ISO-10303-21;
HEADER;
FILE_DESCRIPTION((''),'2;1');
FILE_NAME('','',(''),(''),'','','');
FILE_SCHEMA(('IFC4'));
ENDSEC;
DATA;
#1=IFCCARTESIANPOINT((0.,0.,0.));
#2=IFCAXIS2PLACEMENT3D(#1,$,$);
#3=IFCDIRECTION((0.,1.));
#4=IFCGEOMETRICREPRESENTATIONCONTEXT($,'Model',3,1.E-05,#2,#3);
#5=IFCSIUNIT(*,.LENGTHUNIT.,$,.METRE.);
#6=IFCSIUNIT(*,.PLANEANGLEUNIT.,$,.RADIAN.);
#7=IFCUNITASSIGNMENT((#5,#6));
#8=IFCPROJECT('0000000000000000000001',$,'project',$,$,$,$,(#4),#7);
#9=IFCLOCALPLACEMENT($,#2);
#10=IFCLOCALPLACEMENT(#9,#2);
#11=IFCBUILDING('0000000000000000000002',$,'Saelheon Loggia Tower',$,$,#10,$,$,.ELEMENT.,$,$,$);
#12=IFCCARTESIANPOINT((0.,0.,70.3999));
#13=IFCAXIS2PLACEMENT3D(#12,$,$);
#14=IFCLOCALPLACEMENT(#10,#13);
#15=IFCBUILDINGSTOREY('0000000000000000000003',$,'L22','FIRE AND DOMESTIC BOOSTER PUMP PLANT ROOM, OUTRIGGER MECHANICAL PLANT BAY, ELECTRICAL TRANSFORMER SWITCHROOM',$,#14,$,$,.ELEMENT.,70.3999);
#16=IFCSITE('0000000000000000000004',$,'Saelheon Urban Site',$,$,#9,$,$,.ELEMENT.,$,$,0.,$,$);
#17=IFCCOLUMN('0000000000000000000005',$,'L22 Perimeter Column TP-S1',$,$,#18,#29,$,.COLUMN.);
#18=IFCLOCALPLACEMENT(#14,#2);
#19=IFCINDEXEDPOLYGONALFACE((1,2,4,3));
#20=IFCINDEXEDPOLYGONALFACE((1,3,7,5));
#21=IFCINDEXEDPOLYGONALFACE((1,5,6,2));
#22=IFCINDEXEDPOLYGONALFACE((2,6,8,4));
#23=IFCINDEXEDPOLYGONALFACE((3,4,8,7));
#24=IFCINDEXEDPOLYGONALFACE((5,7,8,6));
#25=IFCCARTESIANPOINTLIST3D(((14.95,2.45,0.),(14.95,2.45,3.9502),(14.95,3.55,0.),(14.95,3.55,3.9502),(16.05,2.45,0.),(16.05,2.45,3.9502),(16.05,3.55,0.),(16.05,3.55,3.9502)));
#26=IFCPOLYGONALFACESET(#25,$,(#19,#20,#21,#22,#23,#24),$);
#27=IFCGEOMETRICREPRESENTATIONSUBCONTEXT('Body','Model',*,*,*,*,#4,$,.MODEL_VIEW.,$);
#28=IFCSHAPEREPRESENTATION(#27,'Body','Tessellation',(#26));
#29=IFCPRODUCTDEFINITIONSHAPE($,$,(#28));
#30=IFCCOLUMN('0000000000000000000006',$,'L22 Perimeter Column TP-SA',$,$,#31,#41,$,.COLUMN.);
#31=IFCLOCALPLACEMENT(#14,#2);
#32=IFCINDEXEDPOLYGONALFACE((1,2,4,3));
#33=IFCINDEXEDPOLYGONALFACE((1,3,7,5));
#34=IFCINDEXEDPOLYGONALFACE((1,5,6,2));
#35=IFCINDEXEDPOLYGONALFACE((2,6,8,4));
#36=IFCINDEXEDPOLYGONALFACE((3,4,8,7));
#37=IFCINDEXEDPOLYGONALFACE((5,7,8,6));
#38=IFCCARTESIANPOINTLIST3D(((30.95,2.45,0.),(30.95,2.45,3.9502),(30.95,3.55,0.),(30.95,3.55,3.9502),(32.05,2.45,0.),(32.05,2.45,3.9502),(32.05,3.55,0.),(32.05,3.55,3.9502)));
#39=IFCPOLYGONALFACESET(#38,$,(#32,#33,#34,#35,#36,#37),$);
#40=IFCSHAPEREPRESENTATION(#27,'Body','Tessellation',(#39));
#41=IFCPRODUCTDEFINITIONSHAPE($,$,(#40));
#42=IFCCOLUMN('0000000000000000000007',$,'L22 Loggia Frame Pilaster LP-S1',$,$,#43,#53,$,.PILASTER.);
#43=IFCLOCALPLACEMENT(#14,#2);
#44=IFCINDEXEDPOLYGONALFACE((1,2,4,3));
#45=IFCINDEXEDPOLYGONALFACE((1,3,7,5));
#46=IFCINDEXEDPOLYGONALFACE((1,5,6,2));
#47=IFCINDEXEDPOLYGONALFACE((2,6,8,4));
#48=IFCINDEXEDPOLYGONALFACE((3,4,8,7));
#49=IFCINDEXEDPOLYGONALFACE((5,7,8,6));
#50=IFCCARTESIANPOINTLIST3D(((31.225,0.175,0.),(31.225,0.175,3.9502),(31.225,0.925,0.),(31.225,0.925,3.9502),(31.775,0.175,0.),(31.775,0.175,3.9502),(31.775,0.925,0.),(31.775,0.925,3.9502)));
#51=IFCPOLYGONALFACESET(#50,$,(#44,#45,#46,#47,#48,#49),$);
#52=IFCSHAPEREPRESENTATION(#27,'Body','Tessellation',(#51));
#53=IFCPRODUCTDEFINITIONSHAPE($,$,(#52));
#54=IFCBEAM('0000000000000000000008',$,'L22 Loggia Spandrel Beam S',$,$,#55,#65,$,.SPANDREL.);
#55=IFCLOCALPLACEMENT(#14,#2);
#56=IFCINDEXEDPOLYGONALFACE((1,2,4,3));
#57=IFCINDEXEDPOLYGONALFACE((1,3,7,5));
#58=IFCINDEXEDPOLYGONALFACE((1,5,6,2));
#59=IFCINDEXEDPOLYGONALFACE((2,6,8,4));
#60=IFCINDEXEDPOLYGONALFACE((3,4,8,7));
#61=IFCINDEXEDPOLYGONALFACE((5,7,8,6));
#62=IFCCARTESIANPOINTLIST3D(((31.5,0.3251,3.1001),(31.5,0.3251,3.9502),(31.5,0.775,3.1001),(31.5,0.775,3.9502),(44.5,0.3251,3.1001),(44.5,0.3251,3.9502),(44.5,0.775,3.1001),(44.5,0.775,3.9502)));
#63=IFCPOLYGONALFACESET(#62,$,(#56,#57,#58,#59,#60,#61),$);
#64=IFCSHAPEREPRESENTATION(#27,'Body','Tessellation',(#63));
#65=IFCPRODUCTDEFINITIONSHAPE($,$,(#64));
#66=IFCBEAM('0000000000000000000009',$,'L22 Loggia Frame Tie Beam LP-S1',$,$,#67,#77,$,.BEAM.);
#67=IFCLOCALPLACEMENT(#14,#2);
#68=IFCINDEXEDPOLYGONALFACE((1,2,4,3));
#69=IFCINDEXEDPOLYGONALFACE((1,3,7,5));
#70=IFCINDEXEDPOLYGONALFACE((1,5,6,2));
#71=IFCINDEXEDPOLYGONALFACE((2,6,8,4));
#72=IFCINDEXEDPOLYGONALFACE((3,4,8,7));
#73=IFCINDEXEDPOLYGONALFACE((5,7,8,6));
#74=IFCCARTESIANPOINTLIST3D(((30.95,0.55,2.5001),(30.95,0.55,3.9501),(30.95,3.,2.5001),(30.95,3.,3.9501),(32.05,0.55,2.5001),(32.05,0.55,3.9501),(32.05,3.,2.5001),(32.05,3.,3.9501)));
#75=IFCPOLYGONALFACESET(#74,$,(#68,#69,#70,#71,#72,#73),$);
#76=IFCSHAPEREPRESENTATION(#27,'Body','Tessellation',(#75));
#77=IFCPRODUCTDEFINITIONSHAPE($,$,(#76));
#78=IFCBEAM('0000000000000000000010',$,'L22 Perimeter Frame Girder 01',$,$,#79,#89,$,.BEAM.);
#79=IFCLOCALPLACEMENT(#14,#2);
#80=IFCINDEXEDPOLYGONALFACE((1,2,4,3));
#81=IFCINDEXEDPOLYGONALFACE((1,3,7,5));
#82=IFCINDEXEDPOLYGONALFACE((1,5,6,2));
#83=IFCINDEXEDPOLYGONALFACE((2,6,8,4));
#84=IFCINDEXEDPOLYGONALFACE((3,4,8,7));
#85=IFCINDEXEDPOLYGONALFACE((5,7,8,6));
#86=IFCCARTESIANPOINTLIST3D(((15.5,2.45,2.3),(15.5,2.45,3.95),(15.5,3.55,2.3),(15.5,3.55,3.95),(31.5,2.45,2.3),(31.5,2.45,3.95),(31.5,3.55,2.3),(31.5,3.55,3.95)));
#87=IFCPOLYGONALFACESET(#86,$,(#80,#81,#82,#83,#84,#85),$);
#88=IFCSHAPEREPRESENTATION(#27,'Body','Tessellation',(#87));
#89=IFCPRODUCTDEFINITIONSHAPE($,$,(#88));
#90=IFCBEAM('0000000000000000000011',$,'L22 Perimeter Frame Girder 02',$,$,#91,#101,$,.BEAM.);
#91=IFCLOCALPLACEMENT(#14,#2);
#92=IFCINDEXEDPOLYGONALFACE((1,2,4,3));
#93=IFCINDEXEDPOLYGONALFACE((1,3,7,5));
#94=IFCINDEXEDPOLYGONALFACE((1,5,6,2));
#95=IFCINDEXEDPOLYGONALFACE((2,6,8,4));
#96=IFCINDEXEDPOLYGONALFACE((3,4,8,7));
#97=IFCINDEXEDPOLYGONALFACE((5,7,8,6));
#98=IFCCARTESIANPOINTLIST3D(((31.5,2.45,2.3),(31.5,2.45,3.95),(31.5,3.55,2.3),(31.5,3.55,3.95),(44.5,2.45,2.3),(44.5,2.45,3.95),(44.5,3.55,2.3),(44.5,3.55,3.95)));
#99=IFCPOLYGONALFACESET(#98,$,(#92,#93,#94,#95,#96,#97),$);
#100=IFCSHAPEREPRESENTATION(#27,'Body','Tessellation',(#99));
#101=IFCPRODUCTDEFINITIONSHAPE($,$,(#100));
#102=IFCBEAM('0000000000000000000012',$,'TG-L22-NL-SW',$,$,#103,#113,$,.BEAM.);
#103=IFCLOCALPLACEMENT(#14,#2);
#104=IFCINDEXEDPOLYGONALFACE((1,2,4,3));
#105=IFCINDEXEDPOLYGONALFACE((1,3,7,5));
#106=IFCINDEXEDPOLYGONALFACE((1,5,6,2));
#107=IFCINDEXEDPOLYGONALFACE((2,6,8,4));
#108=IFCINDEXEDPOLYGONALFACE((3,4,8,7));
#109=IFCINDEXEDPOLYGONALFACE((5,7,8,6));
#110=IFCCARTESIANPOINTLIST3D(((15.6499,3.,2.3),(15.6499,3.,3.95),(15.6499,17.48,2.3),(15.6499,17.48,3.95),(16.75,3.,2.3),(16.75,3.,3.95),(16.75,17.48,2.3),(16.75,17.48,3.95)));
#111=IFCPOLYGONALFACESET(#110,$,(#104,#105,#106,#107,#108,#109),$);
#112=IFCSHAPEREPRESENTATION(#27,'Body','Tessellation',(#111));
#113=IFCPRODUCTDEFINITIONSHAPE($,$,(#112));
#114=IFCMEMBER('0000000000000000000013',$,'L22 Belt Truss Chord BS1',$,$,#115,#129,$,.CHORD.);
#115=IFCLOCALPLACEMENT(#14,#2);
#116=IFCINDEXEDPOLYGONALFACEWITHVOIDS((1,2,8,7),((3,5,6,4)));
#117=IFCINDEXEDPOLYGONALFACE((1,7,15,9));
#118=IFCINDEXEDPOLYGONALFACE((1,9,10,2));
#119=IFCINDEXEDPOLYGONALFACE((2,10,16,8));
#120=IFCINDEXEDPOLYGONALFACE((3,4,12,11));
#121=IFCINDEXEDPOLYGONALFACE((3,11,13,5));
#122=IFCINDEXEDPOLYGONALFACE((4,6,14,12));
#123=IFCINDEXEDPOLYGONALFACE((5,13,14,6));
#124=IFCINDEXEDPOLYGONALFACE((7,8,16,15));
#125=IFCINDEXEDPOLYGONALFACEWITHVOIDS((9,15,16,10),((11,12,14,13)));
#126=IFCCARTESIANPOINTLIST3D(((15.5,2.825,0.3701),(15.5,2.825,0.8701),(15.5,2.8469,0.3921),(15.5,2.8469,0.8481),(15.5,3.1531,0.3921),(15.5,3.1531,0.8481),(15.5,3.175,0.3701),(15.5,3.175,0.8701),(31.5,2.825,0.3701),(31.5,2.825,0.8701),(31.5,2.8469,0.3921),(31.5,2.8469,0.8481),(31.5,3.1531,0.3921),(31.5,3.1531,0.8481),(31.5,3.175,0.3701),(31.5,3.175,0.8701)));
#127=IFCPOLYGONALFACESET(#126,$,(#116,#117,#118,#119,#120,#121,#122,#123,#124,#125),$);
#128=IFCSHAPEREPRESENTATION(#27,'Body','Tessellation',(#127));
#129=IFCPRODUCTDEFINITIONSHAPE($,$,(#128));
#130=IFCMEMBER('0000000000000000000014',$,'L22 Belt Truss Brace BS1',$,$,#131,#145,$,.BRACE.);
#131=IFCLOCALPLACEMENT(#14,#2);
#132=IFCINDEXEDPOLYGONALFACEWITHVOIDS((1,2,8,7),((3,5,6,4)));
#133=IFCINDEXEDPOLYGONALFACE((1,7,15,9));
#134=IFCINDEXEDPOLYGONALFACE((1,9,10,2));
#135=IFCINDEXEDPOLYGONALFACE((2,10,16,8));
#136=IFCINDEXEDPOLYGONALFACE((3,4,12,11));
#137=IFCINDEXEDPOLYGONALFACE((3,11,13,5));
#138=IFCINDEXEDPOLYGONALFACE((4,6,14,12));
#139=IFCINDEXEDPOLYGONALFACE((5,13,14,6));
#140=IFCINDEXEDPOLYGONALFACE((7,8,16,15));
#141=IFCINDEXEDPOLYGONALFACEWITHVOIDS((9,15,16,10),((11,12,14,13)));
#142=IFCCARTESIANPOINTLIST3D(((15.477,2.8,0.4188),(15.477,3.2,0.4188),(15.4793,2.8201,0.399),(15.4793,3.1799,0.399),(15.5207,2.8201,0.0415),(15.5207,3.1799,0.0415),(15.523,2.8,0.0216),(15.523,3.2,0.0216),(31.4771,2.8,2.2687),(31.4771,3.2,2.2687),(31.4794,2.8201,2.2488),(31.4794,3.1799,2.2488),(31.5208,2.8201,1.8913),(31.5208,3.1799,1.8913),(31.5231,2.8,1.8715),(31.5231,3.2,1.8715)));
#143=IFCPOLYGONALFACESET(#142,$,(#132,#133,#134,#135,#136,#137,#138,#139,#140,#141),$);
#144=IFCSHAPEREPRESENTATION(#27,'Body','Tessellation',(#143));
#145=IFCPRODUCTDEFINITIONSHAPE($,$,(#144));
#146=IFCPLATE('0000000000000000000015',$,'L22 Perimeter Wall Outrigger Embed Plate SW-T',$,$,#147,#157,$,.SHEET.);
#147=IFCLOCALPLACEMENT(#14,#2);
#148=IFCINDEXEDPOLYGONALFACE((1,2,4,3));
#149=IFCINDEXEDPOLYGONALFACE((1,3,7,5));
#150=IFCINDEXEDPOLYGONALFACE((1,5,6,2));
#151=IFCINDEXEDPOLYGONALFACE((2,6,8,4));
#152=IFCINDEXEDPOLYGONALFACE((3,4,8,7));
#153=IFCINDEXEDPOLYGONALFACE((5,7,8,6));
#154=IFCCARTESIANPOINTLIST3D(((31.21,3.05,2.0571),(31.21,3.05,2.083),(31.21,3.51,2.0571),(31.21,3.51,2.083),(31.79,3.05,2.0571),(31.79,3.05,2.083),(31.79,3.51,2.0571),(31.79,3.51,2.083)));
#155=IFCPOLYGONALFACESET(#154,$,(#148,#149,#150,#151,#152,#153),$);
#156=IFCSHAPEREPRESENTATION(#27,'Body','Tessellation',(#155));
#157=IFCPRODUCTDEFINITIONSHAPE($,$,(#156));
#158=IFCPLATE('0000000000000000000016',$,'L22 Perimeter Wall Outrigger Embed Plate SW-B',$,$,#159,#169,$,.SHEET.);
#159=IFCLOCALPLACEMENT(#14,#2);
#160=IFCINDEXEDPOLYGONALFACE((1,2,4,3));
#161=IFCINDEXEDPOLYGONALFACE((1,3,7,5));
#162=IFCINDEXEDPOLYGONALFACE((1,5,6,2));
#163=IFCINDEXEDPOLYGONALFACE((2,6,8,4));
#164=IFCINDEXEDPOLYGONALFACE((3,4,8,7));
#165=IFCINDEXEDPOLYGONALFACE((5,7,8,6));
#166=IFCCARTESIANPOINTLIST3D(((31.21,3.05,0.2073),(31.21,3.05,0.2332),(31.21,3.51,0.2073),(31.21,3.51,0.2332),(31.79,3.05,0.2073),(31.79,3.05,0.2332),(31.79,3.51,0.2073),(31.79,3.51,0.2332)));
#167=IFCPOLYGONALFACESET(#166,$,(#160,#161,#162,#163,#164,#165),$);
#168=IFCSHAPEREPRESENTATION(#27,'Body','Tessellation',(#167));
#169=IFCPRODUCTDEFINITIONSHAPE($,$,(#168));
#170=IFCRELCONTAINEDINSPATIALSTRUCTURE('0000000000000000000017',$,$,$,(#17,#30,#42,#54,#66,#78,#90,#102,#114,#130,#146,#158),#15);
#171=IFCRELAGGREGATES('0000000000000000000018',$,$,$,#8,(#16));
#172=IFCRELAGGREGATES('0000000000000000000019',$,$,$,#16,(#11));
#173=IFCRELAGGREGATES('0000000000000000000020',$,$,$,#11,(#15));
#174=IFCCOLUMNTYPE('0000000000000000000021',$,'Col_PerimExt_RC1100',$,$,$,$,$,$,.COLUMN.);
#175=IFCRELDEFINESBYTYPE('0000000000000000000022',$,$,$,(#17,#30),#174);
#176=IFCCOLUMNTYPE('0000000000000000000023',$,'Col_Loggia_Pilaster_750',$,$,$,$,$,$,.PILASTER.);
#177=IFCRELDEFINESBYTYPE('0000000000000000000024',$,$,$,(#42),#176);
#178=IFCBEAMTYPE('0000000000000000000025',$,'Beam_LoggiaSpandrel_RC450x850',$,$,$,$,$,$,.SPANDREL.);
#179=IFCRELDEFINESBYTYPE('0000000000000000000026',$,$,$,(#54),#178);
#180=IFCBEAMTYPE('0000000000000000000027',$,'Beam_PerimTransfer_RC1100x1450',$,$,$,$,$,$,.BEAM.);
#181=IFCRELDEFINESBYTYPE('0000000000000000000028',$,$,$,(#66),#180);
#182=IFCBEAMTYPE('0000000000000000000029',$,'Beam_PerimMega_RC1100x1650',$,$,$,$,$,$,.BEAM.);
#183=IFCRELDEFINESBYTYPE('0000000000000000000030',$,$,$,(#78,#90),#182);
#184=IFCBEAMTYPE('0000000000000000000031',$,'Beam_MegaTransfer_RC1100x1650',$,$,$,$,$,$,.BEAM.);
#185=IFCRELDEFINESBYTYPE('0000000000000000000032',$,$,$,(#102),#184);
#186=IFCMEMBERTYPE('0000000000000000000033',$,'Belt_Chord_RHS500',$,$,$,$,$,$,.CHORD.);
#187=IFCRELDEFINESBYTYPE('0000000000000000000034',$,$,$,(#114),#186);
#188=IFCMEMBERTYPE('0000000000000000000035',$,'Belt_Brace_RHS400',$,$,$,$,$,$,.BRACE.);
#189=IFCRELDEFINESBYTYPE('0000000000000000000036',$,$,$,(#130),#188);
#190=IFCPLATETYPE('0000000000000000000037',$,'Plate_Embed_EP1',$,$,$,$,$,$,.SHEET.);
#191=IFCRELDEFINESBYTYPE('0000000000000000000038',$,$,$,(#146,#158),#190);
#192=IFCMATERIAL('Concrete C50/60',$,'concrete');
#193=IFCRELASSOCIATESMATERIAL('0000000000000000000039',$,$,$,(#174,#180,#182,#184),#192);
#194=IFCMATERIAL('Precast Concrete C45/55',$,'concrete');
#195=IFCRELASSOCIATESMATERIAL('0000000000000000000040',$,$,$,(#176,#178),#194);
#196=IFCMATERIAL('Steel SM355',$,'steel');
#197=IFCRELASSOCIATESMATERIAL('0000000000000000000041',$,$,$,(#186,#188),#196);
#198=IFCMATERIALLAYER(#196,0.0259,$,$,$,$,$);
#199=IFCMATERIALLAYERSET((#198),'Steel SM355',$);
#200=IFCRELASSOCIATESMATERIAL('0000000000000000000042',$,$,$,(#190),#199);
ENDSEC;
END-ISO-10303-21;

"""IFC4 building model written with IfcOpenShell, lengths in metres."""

from ifc_helpers import new_model, si_unit, direction, frame, origin, origin_2d, place, context, subcontext, project, spatial, rectangle, hollow_rectangle, extrude, source, transform, mapped, material, layer, layer_set, material_profile, profile_set, type_object, element, save


model = new_model("IFC4")

# Units and contexts
model_context = context("Model", 3, precision=1e-05, world=origin(), true_north=direction((0.0, 1.0)))
body_context = subcontext(model_context, "Body", "Model", "MODEL_VIEW")
ifc_project = project(units=[si_unit("LENGTHUNIT", "METRE"), si_unit("PLANEANGLEUNIT", "RADIAN")], contexts=[model_context])

# Site, building, storey
site_placement = place(None, origin())
site = spatial("IfcSite", under=ifc_project, at=site_placement, Name="Saelheon Urban Site", CompositionType="ELEMENT", RefElevation=0.0)
building_placement = place(site_placement, origin())
building = spatial("IfcBuilding", under=site, at=building_placement, Name="Saelheon Loggia Tower", CompositionType="ELEMENT")
storey_placement = place(building_placement, frame((0.0, 0.0, 70.3999)))
storey = spatial("IfcBuildingStorey", under=building, at=storey_placement, Name="L22", Description="FIRE AND DOMESTIC BOOSTER PUMP PLANT ROOM, OUTRIGGER MECHANICAL PLANT BAY, ELECTRICAL TRANSFORMER SWITCHROOM", CompositionType="ELEMENT", Elevation=70.3999)

# Columns
ifc_material_1 = material(Name="Concrete C50/60", Category="concrete")
ifc_material_profile_1 = material_profile(ifc_material_1, rectangle(XDim=1.1001, YDim=1.1001, at=origin_2d()), Name="RC-1100x1100")
ifc_profile_set_1 = profile_set([ifc_material_profile_1], Name="Concrete C50/60")
column_type_1 = type_object("IfcColumnType", Name="Col_PerimExt_RC1100", PredefinedType="COLUMN", material=ifc_profile_set_1)
shared_shape_1 = source(origin(), body_context, "Body", "SweptSolid", [
    extrude(rectangle(XDim=1.1001, YDim=1.1001, at=origin_2d()), origin(), (0.0, 0.0, 1.0), 3.9502),
])
for number, where, z_axis, x_axis, name in (
    (1, (15.5, 3.0, 0.0), (0.0, 0.0, 1.0), (1.0, 0.0, 0.0), "L22 Perimeter Column TP-S1"),
    (2, (31.5, 3.0, 0.0), (0.0, 0.0, 1.0), (1.0, 0.0, 0.0), "L22 Perimeter Column TP-SA"),
):
    element("IfcColumn", number, at=place(storey_placement, frame(where, z_axis=z_axis, x_axis=x_axis)), inside=storey, type_object=column_type_1, Name=name, PredefinedType="COLUMN", context=body_context, shape_type="MappedRepresentation", body=[
        mapped(shared_shape_1, transform((0.0, 0.0, 0.0), scale=1.0)),
    ])
ifc_material_2 = material(Name="Precast Concrete C45/55", Category="concrete")
ifc_material_profile_2 = material_profile(ifc_material_2, rectangle(XDim=0.55, YDim=0.75, at=origin_2d()), Name="RC-550x750")
ifc_profile_set_2 = profile_set([ifc_material_profile_2], Name="Precast Concrete C45/55")
column_type_2 = type_object("IfcColumnType", Name="Col_Loggia_Pilaster_750", PredefinedType="PILASTER", material=ifc_profile_set_2)
shared_shape_2 = source(origin(), body_context, "Body", "SweptSolid", [
    extrude(rectangle(XDim=0.55, YDim=0.75, at=origin_2d()), origin(), (0.0, 0.0, 1.0), 3.9502),
])
column_placement = place(storey_placement, frame((31.5, 0.55, 0.0), z_axis=(0.0, 0.0, 1.0), x_axis=(1.0, 0.0, 0.0)))
element("IfcColumn", 3, at=column_placement, inside=storey, type_object=column_type_2, Name="L22 Loggia Frame Pilaster LP-S1", PredefinedType="PILASTER", context=body_context, shape_type="MappedRepresentation", body=[
    mapped(shared_shape_2, transform((0.0, 0.0, 0.0), scale=1.0)),
])

# Beams
ifc_material_profile_3 = material_profile(ifc_material_2, rectangle(XDim=0.45, YDim=0.8501, at=origin_2d()), Name="RC-450x850")
ifc_profile_set_3 = profile_set([ifc_material_profile_3], Name="Precast Concrete C45/55")
beam_type_1 = type_object("IfcBeamType", Name="Beam_LoggiaSpandrel_RC450x850", PredefinedType="SPANDREL", material=ifc_profile_set_3)
shared_shape_3 = source(origin(), body_context, "Body", "SweptSolid", [
    extrude(rectangle(XDim=0.45, YDim=0.8501, at=origin_2d()), origin(), (0.0, 0.0, 1.0), 13.0),
])
beam_1_placement = place(storey_placement, frame((31.5, 0.55, 3.5251), z_axis=(1.0, 0.0, 0.0), x_axis=(0.0, 1.0, 0.0)))
element("IfcBeam", 4, at=beam_1_placement, inside=storey, type_object=beam_type_1, Name="L22 Loggia Spandrel Beam S", PredefinedType="SPANDREL", context=body_context, shape_type="MappedRepresentation", body=[
    mapped(shared_shape_3, transform((0.0, 0.0, 0.0), scale=1.0)),
])
ifc_material_profile_4 = material_profile(ifc_material_1, rectangle(XDim=1.1001, YDim=1.45, at=origin_2d()), Name="RC-1100x1450")
ifc_profile_set_4 = profile_set([ifc_material_profile_4], Name="Concrete C50/60")
beam_type_2 = type_object("IfcBeamType", Name="Beam_PerimTransfer_RC1100x1450", PredefinedType="BEAM", material=ifc_profile_set_4)
shared_shape_4 = source(origin(), body_context, "Body", "SweptSolid", [
    extrude(rectangle(XDim=1.1001, YDim=1.45, at=origin_2d()), origin(), (0.0, 0.0, 1.0), 2.45),
])
beam_2_placement = place(storey_placement, frame((31.5, 3.0, 3.2251), z_axis=(0.0, -1.0, 0.0), x_axis=(1.0, 0.0, 0.0)))
element("IfcBeam", 5, at=beam_2_placement, inside=storey, type_object=beam_type_2, Name="L22 Loggia Frame Tie Beam LP-S1", PredefinedType="BEAM", context=body_context, shape_type="MappedRepresentation", body=[
    mapped(shared_shape_4, transform((0.0, 0.0, 0.0), scale=1.0)),
])
ifc_material_profile_5 = material_profile(ifc_material_1, rectangle(XDim=1.1001, YDim=1.6499, at=origin_2d()), Name="RC-1100x1650")
ifc_profile_set_5 = profile_set([ifc_material_profile_5], Name="Concrete C50/60")
beam_type_3 = type_object("IfcBeamType", Name="Beam_PerimMega_RC1100x1650", PredefinedType="BEAM", material=ifc_profile_set_5)
shared_shape_5 = source(origin(), body_context, "Body", "SweptSolid", [
    extrude(rectangle(XDim=1.1001, YDim=1.6499, at=origin_2d()), origin(), (0.0, 0.0, 1.0), 16.0),
])
beam_3_placement = place(storey_placement, frame((15.5, 3.0, 3.125), z_axis=(1.0, 0.0, 0.0), x_axis=(0.0, 1.0, 0.0)))
element("IfcBeam", 6, at=beam_3_placement, inside=storey, type_object=beam_type_3, Name="L22 Perimeter Frame Girder 01", PredefinedType="BEAM", context=body_context, shape_type="MappedRepresentation", body=[
    mapped(shared_shape_5, transform((0.0, 0.0, 0.0), scale=1.0)),
])
shared_shape_6 = source(origin(), body_context, "Body", "SweptSolid", [
    extrude(rectangle(XDim=1.1001, YDim=1.6499, at=origin_2d()), origin(), (0.0, 0.0, 1.0), 13.0),
])
beam_4_placement = place(storey_placement, frame((31.5, 3.0, 3.125), z_axis=(1.0, 0.0, 0.0), x_axis=(0.0, 1.0, 0.0)))
element("IfcBeam", 7, at=beam_4_placement, inside=storey, type_object=beam_type_3, Name="L22 Perimeter Frame Girder 02", PredefinedType="BEAM", context=body_context, shape_type="MappedRepresentation", body=[
    mapped(shared_shape_6, transform((0.0, 0.0, 0.0), scale=1.0)),
])
ifc_material_profile_6 = material_profile(ifc_material_1, rectangle(XDim=1.1001, YDim=1.6499, at=origin_2d()), Name="RC-1100x1650")
ifc_profile_set_6 = profile_set([ifc_material_profile_6], Name="Concrete C50/60")
beam_type_4 = type_object("IfcBeamType", Name="Beam_MegaTransfer_RC1100x1650", PredefinedType="BEAM", material=ifc_profile_set_6)
shared_shape_7 = source(origin(), body_context, "Body", "SweptSolid", [
    extrude(rectangle(XDim=1.1001, YDim=1.6499, at=origin_2d()), origin(), (0.0, 0.0, 1.0), 14.48),
])
beam_5_placement = place(storey_placement, frame((16.2, 3.0, 3.125), z_axis=(0.0, 1.0, 0.0), x_axis=(-1.0, 0.0, 0.0)))
element("IfcBeam", 8, at=beam_5_placement, inside=storey, type_object=beam_type_4, Name="TG-L22-NL-SW", PredefinedType="BEAM", context=body_context, shape_type="MappedRepresentation", body=[
    mapped(shared_shape_7, transform((0.0, 0.0, 0.0), scale=1.0)),
])

# Members
ifc_material_3 = material(Name="Steel SM355", Category="steel")
ifc_material_profile_7 = material_profile(ifc_material_3, hollow_rectangle(XDim=0.3501, YDim=0.5, WallThickness=0.022, at=origin_2d()), Name="RHS-500x350x22")
ifc_profile_set_7 = profile_set([ifc_material_profile_7], Name="Steel SM355")
member_type_1 = type_object("IfcMemberType", Name="Belt_Chord_RHS500", PredefinedType="CHORD", material=ifc_profile_set_7)
shared_shape_8 = source(origin(), body_context, "Body", "SweptSolid", [
    extrude(hollow_rectangle(XDim=0.3501, YDim=0.5, WallThickness=0.022, at=origin_2d()), origin(), (0.0, 0.0, 1.0), 16.0),
])
member_1_placement = place(storey_placement, frame((15.5, 3.0, 0.6201), z_axis=(1.0, 0.0, 0.0), x_axis=(0.0, 1.0, 0.0)))
element("IfcMember", 9, at=member_1_placement, inside=storey, type_object=member_type_1, Name="L22 Belt Truss Chord BS1", PredefinedType="CHORD", context=body_context, shape_type="MappedRepresentation", body=[
    mapped(shared_shape_8, transform((0.0, 0.0, 0.0), scale=1.0)),
])
ifc_material_profile_8 = material_profile(ifc_material_3, hollow_rectangle(XDim=0.3999, YDim=0.3999, WallThickness=0.02, at=origin_2d()), Name="RHS-400x400x20")
ifc_profile_set_8 = profile_set([ifc_material_profile_8], Name="Steel SM355")
member_type_2 = type_object("IfcMemberType", Name="Belt_Brace_RHS400", PredefinedType="BRACE", material=ifc_profile_set_8)
shared_shape_9 = source(origin(), body_context, "Body", "SweptSolid", [
    extrude(hollow_rectangle(XDim=0.3999, YDim=0.3999, WallThickness=0.02, at=origin_2d()), origin(), (0.0, 0.0, 1.0), 16.1067),
])
member_2_placement = place(storey_placement, frame((15.5, 3.0, 0.2202), z_axis=(0.993383, 0.0, 0.114851), x_axis=(0.0, 1.0, 0.0)))
element("IfcMember", 10, at=member_2_placement, inside=storey, type_object=member_type_2, Name="L22 Belt Truss Brace BS1", PredefinedType="BRACE", context=body_context, shape_type="MappedRepresentation", body=[
    mapped(shared_shape_9, transform((0.0, 0.0, 0.0), scale=1.0)),
])

# Plates
ifc_layer_1 = layer(ifc_material_3, 0.0259)
ifc_layer_set_1 = layer_set([ifc_layer_1], Name="Steel SM355")
plate_type_1 = type_object("IfcPlateType", Name="Plate_Embed_EP1", PredefinedType="SHEET", material=ifc_layer_set_1)
shared_shape_10 = source(origin(), body_context, "Body", "SweptSolid", [
    extrude(rectangle(XDim=0.5801, YDim=0.46, at=origin_2d()), origin(), (0.0, 0.0, 1.0), 0.0259),
])
for number, where, z_axis, x_axis, name in (
    (11, (31.5, 3.28, 2.0571), (0.0, 0.0, 1.0), (1.0, 0.0, 0.0), "L22 Perimeter Wall Outrigger Embed Plate SW-T"),
    (12, (31.5, 3.28, 0.2073), (0.0, 0.0, 1.0), (1.0, 0.0, 0.0), "L22 Perimeter Wall Outrigger Embed Plate SW-B"),
):
    element("IfcPlate", number, at=place(storey_placement, frame(where, z_axis=z_axis, x_axis=x_axis)), inside=storey, type_object=plate_type_1, Name=name, PredefinedType="SHEET", context=body_context, shape_type="MappedRepresentation", body=[
        mapped(shared_shape_10, transform((0.0, 0.0, 0.0), scale=1.0)),
    ])

save(model, "model.ifc")
